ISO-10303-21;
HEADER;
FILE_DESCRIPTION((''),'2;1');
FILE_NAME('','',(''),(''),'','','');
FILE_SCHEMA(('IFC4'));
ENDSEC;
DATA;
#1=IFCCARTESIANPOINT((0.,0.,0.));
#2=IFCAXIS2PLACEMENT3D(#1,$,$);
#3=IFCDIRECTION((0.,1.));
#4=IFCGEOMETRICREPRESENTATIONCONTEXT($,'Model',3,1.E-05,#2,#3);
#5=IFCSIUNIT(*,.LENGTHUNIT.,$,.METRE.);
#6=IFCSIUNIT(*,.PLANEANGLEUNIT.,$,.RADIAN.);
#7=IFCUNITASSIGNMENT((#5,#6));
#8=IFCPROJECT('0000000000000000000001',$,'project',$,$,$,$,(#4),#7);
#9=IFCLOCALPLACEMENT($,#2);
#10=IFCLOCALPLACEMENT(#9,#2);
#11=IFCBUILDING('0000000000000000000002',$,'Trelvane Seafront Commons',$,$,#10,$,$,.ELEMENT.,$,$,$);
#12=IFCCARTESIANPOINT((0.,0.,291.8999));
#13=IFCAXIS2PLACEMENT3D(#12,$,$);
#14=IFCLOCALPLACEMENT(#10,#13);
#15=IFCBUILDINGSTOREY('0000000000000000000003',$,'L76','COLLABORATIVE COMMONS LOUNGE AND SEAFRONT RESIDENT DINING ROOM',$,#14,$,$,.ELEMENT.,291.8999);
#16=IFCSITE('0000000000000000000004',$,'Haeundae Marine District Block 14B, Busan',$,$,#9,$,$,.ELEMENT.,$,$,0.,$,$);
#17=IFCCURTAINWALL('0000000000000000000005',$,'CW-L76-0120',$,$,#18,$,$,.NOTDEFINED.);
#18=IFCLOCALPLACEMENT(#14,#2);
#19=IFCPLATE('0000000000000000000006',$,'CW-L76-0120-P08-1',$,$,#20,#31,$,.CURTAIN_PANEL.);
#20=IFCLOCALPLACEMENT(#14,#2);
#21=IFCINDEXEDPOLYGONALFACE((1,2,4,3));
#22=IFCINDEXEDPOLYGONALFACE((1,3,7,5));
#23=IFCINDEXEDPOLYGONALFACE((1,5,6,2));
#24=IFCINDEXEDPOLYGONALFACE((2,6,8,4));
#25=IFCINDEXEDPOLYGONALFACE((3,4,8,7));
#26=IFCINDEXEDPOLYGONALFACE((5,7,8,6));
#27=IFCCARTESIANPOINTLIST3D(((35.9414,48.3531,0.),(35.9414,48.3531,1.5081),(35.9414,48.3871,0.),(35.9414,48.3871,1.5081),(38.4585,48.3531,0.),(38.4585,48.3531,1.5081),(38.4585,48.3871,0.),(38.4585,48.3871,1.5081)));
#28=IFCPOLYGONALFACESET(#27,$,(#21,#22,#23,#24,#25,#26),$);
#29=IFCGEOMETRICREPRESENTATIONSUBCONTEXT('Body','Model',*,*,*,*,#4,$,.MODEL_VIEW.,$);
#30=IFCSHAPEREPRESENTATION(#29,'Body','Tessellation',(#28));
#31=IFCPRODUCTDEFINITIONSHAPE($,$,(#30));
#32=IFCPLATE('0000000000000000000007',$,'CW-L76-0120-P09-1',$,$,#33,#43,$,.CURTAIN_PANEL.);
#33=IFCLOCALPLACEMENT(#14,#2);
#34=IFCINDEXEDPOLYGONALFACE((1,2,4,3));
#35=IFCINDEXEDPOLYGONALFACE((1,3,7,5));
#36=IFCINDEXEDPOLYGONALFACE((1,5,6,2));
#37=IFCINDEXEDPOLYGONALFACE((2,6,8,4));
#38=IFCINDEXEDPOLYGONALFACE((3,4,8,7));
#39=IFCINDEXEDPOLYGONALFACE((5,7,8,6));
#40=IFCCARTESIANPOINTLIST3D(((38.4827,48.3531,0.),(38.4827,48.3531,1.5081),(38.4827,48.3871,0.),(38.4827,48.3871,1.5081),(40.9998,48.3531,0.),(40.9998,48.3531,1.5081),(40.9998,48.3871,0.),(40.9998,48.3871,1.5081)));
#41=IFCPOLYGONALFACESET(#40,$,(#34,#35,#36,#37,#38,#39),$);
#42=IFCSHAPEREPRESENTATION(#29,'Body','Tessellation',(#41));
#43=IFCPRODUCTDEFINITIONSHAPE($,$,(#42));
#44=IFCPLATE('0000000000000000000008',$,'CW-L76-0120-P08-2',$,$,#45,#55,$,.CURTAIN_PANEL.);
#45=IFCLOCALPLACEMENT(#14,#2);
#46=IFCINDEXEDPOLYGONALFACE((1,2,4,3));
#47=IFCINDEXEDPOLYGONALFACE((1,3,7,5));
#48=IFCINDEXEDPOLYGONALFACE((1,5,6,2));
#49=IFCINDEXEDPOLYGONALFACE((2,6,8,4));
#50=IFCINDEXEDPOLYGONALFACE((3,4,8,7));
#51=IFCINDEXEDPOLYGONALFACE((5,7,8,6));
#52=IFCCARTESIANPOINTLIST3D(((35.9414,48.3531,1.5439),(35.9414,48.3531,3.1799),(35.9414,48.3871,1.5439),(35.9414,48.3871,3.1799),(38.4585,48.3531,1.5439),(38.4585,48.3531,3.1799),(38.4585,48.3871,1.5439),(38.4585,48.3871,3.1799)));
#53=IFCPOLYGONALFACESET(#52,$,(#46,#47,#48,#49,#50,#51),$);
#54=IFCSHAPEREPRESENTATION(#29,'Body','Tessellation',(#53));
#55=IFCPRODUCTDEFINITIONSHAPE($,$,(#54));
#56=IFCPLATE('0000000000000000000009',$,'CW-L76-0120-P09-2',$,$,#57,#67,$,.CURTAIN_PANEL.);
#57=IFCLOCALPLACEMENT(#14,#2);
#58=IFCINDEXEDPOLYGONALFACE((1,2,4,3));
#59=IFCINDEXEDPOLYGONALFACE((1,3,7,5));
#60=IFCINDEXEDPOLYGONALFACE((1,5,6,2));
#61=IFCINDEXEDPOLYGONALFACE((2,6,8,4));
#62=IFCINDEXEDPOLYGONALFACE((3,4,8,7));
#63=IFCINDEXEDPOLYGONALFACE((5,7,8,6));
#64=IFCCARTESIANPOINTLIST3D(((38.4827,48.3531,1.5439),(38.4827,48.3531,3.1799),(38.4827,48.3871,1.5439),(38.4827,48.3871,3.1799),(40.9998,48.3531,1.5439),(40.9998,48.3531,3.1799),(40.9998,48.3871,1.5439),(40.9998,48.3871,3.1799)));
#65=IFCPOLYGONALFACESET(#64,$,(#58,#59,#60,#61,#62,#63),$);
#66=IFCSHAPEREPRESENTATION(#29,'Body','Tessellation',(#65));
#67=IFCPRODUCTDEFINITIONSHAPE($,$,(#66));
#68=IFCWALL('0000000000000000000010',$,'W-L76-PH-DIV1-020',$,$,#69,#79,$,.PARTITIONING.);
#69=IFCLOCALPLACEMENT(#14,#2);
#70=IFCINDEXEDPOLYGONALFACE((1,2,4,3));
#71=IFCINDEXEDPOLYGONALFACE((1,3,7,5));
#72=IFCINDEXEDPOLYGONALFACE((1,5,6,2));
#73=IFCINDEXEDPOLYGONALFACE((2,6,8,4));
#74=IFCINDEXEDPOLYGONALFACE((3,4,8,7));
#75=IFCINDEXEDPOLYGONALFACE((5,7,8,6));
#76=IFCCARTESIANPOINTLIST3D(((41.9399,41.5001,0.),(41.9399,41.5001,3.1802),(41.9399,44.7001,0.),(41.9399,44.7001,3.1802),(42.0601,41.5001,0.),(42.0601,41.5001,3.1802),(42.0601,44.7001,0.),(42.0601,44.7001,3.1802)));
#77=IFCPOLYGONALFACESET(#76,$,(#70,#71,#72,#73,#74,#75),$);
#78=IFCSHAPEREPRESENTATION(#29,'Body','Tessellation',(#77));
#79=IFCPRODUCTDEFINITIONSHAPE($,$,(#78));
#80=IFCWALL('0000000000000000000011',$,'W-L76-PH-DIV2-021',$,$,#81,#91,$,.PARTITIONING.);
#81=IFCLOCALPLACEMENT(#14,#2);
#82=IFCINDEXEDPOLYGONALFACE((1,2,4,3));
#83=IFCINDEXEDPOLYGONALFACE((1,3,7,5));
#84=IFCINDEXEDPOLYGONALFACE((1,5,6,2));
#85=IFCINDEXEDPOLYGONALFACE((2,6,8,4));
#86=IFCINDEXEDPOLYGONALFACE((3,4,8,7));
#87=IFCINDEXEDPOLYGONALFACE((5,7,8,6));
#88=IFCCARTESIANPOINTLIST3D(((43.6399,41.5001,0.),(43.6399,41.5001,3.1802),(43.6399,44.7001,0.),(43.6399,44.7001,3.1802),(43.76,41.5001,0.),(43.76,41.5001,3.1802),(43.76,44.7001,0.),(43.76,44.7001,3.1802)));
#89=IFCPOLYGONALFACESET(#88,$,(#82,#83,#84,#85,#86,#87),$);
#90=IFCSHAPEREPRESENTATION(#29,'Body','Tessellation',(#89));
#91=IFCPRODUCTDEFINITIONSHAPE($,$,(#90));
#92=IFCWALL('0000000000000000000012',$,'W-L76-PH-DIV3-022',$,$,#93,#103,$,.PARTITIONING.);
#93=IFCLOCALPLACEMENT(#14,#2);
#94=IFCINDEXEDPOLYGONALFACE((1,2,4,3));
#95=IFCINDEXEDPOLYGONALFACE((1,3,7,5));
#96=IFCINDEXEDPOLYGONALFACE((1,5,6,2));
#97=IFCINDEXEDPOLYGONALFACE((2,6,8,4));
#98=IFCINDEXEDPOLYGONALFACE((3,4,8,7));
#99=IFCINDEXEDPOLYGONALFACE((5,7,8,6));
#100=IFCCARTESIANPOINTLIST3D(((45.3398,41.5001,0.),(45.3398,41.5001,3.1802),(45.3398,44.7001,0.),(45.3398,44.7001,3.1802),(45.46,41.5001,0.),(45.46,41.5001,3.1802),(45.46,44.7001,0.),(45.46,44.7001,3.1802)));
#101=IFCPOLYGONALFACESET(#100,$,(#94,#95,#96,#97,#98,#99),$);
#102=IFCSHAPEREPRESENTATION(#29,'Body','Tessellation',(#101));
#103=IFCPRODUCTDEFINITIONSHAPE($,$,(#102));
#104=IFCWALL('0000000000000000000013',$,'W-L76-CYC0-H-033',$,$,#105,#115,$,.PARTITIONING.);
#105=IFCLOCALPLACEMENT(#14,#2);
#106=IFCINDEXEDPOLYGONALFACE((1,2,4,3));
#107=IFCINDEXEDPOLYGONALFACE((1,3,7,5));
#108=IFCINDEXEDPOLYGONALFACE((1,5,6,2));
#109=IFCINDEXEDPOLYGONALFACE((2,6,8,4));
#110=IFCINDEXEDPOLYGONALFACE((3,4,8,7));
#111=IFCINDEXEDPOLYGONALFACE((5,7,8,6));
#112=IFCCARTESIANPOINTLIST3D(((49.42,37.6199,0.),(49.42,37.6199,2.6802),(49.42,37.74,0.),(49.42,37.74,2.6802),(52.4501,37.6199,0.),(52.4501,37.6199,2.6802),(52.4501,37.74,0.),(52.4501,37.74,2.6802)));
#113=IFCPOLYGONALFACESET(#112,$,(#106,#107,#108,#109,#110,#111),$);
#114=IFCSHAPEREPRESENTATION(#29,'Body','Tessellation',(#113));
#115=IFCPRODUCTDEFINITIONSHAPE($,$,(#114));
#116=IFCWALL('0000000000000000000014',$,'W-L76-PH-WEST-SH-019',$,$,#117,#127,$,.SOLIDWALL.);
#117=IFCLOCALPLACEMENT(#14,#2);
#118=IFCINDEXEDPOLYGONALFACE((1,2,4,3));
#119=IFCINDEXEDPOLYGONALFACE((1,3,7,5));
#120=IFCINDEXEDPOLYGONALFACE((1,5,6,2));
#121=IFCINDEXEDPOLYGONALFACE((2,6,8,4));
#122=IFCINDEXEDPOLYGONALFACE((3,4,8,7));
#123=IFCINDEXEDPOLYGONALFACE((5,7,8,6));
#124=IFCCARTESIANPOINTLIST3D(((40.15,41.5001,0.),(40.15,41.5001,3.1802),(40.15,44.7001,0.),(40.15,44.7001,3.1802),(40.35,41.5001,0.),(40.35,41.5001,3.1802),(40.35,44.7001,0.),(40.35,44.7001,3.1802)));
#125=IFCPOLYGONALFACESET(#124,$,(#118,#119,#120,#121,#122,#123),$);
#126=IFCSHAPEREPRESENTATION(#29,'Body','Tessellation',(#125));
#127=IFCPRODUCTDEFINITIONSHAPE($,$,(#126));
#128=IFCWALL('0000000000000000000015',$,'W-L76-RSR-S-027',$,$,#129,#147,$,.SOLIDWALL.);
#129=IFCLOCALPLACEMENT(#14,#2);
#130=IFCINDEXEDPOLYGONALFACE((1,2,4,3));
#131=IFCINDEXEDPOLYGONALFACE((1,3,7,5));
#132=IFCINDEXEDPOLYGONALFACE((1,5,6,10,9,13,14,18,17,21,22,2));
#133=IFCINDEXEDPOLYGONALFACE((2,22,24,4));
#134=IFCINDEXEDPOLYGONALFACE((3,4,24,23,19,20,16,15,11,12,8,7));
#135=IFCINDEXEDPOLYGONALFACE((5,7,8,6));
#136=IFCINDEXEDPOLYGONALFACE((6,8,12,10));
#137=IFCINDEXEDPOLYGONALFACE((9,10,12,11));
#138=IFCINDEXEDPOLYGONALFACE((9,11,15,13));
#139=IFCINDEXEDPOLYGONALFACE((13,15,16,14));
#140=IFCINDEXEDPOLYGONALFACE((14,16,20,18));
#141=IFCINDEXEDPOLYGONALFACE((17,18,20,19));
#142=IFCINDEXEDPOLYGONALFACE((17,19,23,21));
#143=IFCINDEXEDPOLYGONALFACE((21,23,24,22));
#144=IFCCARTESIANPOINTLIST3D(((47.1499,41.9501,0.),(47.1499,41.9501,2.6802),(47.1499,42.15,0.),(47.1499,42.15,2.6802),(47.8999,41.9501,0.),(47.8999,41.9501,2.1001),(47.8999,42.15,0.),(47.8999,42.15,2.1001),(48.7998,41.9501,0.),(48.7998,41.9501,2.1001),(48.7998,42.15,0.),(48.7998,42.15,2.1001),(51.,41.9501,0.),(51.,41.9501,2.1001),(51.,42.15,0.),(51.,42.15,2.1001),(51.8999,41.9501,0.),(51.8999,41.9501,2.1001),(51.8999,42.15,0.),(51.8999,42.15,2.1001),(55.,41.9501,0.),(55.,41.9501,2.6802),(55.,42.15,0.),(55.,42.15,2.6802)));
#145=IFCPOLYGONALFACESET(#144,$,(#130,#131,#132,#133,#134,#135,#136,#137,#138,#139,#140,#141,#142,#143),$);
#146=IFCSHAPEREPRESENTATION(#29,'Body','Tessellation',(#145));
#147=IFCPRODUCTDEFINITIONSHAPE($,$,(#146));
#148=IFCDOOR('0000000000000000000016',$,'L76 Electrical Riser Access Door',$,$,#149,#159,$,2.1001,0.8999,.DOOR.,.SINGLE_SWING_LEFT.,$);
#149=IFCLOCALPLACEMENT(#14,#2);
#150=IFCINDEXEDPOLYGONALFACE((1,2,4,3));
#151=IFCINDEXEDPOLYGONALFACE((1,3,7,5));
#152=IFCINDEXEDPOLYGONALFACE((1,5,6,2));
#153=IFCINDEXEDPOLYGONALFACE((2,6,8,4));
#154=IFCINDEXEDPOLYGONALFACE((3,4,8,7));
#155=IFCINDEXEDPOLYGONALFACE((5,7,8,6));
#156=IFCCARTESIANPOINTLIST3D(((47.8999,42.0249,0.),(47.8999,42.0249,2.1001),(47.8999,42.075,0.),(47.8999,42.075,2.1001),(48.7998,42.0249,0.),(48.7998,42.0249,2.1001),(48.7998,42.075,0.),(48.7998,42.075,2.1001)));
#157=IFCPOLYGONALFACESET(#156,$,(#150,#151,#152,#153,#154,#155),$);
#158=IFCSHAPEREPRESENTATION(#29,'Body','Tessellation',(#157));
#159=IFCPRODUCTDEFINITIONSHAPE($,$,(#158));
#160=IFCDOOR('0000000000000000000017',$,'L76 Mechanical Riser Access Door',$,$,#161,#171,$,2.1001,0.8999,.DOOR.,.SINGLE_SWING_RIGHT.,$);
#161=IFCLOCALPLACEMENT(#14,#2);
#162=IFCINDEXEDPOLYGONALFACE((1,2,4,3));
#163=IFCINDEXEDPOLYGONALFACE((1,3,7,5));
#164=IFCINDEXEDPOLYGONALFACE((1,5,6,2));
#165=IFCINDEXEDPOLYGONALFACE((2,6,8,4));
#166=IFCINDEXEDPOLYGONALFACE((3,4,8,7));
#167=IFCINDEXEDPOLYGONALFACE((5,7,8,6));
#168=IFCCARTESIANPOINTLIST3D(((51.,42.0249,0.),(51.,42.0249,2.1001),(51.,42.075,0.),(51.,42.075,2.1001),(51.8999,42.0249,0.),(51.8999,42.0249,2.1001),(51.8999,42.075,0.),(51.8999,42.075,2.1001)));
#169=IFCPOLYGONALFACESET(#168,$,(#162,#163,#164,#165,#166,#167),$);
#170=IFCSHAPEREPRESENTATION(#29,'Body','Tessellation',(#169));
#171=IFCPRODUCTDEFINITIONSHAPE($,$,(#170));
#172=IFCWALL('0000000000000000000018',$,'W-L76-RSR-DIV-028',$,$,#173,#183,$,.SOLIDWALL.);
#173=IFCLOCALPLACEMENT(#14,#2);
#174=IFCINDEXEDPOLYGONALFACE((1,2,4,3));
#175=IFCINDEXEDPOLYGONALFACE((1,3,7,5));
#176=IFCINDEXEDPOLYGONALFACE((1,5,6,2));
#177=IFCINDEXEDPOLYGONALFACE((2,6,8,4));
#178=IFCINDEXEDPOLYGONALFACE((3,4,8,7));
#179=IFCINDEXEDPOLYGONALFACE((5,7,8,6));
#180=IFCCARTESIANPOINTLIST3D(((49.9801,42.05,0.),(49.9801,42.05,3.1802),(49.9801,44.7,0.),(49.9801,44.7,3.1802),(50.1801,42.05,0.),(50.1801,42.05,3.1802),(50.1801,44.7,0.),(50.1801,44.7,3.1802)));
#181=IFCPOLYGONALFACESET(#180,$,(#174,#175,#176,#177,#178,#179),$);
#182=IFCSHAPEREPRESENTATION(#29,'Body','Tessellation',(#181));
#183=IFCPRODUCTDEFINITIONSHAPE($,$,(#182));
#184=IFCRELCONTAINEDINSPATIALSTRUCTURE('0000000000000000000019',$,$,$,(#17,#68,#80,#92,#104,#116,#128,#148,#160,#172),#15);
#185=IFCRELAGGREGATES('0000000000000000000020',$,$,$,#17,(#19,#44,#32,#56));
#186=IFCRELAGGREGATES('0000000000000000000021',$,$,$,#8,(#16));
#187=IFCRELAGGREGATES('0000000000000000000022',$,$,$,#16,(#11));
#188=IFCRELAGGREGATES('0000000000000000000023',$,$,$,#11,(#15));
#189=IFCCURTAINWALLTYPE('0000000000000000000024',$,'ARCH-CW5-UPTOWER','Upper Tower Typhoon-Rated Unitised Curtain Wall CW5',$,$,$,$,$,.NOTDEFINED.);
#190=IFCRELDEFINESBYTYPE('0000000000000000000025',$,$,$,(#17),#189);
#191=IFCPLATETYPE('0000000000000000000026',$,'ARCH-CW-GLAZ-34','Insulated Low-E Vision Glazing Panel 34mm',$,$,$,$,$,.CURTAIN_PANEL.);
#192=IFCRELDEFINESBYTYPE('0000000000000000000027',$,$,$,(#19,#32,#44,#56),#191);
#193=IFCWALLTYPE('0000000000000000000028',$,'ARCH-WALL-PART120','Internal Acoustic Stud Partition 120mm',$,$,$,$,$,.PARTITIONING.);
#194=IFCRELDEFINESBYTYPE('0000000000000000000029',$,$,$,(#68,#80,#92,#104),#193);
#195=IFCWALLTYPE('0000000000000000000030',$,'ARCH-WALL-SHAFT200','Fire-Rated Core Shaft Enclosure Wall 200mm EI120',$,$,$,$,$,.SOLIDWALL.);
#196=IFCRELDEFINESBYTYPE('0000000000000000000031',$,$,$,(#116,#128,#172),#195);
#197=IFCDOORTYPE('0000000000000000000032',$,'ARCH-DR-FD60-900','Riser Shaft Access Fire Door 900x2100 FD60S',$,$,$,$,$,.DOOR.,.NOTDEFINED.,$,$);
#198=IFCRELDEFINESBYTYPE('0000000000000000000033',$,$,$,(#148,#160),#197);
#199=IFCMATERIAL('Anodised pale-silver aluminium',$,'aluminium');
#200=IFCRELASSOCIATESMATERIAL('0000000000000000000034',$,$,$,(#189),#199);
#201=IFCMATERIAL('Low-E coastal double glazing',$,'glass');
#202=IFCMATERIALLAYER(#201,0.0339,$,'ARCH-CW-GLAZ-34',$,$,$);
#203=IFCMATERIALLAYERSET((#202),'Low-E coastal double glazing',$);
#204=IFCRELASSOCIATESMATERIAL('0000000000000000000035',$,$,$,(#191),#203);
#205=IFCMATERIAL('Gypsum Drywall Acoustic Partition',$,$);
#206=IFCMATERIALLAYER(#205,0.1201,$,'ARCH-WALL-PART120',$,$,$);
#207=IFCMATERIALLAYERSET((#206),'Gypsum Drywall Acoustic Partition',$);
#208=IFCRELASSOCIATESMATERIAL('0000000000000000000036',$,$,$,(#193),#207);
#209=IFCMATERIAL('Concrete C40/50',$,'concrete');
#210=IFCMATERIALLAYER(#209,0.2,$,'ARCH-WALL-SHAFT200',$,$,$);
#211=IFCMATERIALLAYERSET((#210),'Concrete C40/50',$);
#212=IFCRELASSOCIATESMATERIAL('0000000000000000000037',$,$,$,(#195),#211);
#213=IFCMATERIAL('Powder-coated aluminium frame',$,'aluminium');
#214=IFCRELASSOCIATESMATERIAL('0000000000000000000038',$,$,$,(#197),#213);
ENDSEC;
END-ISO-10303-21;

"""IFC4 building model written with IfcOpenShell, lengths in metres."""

from ifc_helpers import new_model, si_unit, direction, frame, frame_2d, origin, origin_2d, place, context, subcontext, project, spatial, rectangle, extrude, source, transform, mapped, material, layer, layer_set, type_object, element, fill, aggregate, save


model = new_model("IFC4")

# Units and contexts
model_context = context("Model", 3, precision=1e-05, world=origin(), true_north=direction((0.0, 1.0)))
body_context = subcontext(model_context, "Body", "Model", "MODEL_VIEW")
ifc_project = project(units=[si_unit("LENGTHUNIT", "METRE"), si_unit("PLANEANGLEUNIT", "RADIAN")], contexts=[model_context])

# Site, building, storey
site_placement = place(None, origin())
site = spatial("IfcSite", under=ifc_project, at=site_placement, Name="Haeundae Marine District Block 14B, Busan", CompositionType="ELEMENT", RefElevation=0.0)
building_placement = place(site_placement, origin())
building = spatial("IfcBuilding", under=site, at=building_placement, Name="Trelvane Seafront Commons", CompositionType="ELEMENT")
storey_placement = place(building_placement, frame((0.0, 0.0, 291.8999)))
storey = spatial("IfcBuildingStorey", under=building, at=storey_placement, Name="L76", Description="COLLABORATIVE COMMONS LOUNGE AND SEAFRONT RESIDENT DINING ROOM", CompositionType="ELEMENT", Elevation=291.8999)

# Curtain wall, plates
ifc_material_1 = material(Name="Anodised pale-silver aluminium", Category="aluminium")
curtain_wall_type = type_object("IfcCurtainWallType", Name="ARCH-CW5-UPTOWER", Description="Upper Tower Typhoon-Rated Unitised Curtain Wall CW5", PredefinedType="NOTDEFINED", material=ifc_material_1)
curtain_wall_placement = place(storey_placement, origin())
curtain_wall = element("IfcCurtainWall", 1, at=curtain_wall_placement, inside=storey, type_object=curtain_wall_type, Name="CW-L76-0120", PredefinedType="NOTDEFINED")
ifc_material_2 = material(Name="Low-E coastal double glazing", Category="glass")
ifc_layer_1 = layer(ifc_material_2, 0.0339, Name="ARCH-CW-GLAZ-34")
ifc_layer_set_1 = layer_set([ifc_layer_1], Name="Low-E coastal double glazing")
plate_type = type_object("IfcPlateType", Name="ARCH-CW-GLAZ-34", Description="Insulated Low-E Vision Glazing Panel 34mm", PredefinedType="CURTAIN_PANEL", material=ifc_layer_set_1)
shared_shape_1 = source(origin(), body_context, "Body", "SweptSolid", [
    extrude(rectangle(XDim=2.5171, YDim=0.0339, at=origin_2d()), origin(), (0.0, 0.0, 1.0), 1.5081),
])
plate_1_placement = place(storey_placement, frame((37.2, 48.3701, 0.0), z_axis=(0.0, 0.0, 1.0), x_axis=(1.0, 0.0, 0.0)))
plate_1 = element("IfcPlate", 2, at=plate_1_placement, type_object=plate_type, Name="CW-L76-0120-P08-1", PredefinedType="CURTAIN_PANEL", context=body_context, shape_type="MappedRepresentation", body=[
    mapped(shared_shape_1, transform((0.0, 0.0, 0.0), x_axis=(1.0, 0.0, 0.0), y_axis=(0.0, 1.0, 0.0), z_axis=(0.0, 0.0, 1.0), scale=1.0)),
])
plate_2_placement = place(storey_placement, frame((39.7412, 48.3701, 0.0), z_axis=(0.0, 0.0, 1.0), x_axis=(1.0, 0.0, 0.0)))
plate_2 = element("IfcPlate", 3, at=plate_2_placement, type_object=plate_type, Name="CW-L76-0120-P09-1", PredefinedType="CURTAIN_PANEL", context=body_context, shape_type="MappedRepresentation", body=[
    mapped(shared_shape_1, transform((0.0, 0.0, 0.0), x_axis=(1.0, 0.0, 0.0), y_axis=(0.0, 1.0, 0.0), z_axis=(0.0, 0.0, 1.0), scale=1.0)),
])
shared_shape_2 = source(origin(), body_context, "Body", "SweptSolid", [
    extrude(rectangle(XDim=2.5171, YDim=0.0339, at=origin_2d()), origin(), (0.0, 0.0, 1.0), 1.636),
])
plate_3_placement = place(storey_placement, frame((37.2, 48.3701, 1.5439), z_axis=(0.0, 0.0, 1.0), x_axis=(1.0, 0.0, 0.0)))
plate_3 = element("IfcPlate", 4, at=plate_3_placement, type_object=plate_type, Name="CW-L76-0120-P08-2", PredefinedType="CURTAIN_PANEL", context=body_context, shape_type="MappedRepresentation", body=[
    mapped(shared_shape_2, transform((0.0, 0.0, 0.0), x_axis=(1.0, 0.0, 0.0), y_axis=(0.0, 1.0, 0.0), z_axis=(0.0, 0.0, 1.0), scale=1.0)),
])
plate_4_placement = place(storey_placement, frame((39.7412, 48.3701, 1.5439), z_axis=(0.0, 0.0, 1.0), x_axis=(1.0, 0.0, 0.0)))
plate_4 = element("IfcPlate", 5, at=plate_4_placement, type_object=plate_type, Name="CW-L76-0120-P09-2", PredefinedType="CURTAIN_PANEL", context=body_context, shape_type="MappedRepresentation", body=[
    mapped(shared_shape_2, transform((0.0, 0.0, 0.0), x_axis=(1.0, 0.0, 0.0), y_axis=(0.0, 1.0, 0.0), z_axis=(0.0, 0.0, 1.0), scale=1.0)),
])
aggregate(curtain_wall, [plate_1, plate_3, plate_2, plate_4])

# Walls
ifc_material_3 = material(Name="Gypsum Drywall Acoustic Partition")
ifc_layer_2 = layer(ifc_material_3, 0.1201, Name="ARCH-WALL-PART120")
ifc_layer_set_2 = layer_set([ifc_layer_2], Name="Gypsum Drywall Acoustic Partition")
wall_type_1 = type_object("IfcWallType", Name="ARCH-WALL-PART120", Description="Internal Acoustic Stud Partition 120mm", PredefinedType="PARTITIONING", material=ifc_layer_set_2)
for number, where, z_axis, x_axis, name in (
    (6, (42.0, 41.5, 0.0), (0.0, 0.0, 1.0), (0.0, 1.0, 0.0), "W-L76-PH-DIV1-020"),
    (7, (43.7, 41.5, 0.0), (0.0, 0.0, 1.0), (0.0, 1.0, 0.0), "W-L76-PH-DIV2-021"),
    (8, (45.3999, 41.5, 0.0), (0.0, 0.0, 1.0), (0.0, 1.0, 0.0), "W-L76-PH-DIV3-022"),
):
    element("IfcWall", number, at=place(storey_placement, frame(where, z_axis=z_axis, x_axis=x_axis)), inside=storey, type_object=wall_type_1, Name=name, PredefinedType="PARTITIONING", context=body_context, shape_type="SweptSolid", body=[
        extrude(rectangle(XDim=3.2, YDim=0.1201, at=frame_2d((1.6001, 0.0))), origin(), (0.0, 0.0, 1.0), 3.1802),
    ])
wall_1_placement = place(storey_placement, frame((49.4199, 37.6799, 0.0), z_axis=(0.0, 0.0, 1.0), x_axis=(1.0, 0.0, 0.0)))
element("IfcWall", 9, at=wall_1_placement, inside=storey, type_object=wall_type_1, Name="W-L76-CYC0-H-033", PredefinedType="PARTITIONING", context=body_context, shape_type="SweptSolid", body=[
    extrude(rectangle(XDim=3.03, YDim=0.1201, at=frame_2d((1.5151, 0.0))), origin(), (0.0, 0.0, 1.0), 2.6802),
])

# Shared definitions
ifc_material_4 = material(Name="Concrete C40/50", Category="concrete")
ifc_layer_3 = layer(ifc_material_4, 0.2, Name="ARCH-WALL-SHAFT200")
ifc_layer_set_3 = layer_set([ifc_layer_3], Name="Concrete C40/50")
wall_type_2 = type_object("IfcWallType", Name="ARCH-WALL-SHAFT200", Description="Fire-Rated Core Shaft Enclosure Wall 200mm EI120", PredefinedType="SOLIDWALL", material=ifc_layer_set_3)

# Wall
wall_2_placement = place(storey_placement, frame((40.25, 41.5, 0.0), z_axis=(0.0, 0.0, 1.0), x_axis=(0.0, 1.0, 0.0)))
element("IfcWall", 10, at=wall_2_placement, inside=storey, type_object=wall_type_2, Name="W-L76-PH-WEST-SH-019", PredefinedType="SOLIDWALL", context=body_context, shape_type="SweptSolid", body=[
    extrude(rectangle(XDim=3.2, YDim=0.2, at=frame_2d((1.6001, 0.0))), origin(), (0.0, 0.0, 1.0), 3.1802),
])

# Wall, openings, doors
wall_3_placement = place(storey_placement, frame((47.1499, 42.05, 0.0), z_axis=(0.0, 0.0, 1.0), x_axis=(1.0, 0.0, 0.0)))
wall_3 = element("IfcWall", 11, at=wall_3_placement, inside=storey, type_object=wall_type_2, Name="W-L76-RSR-S-027", PredefinedType="SOLIDWALL", context=body_context, shape_type="SweptSolid", body=[
    extrude(rectangle(XDim=7.8501, YDim=0.2, at=frame_2d((3.925, 0.0))), origin(), (0.0, 0.0, 1.0), 2.6802),
])
opening_1_placement = place(wall_3_placement, frame((0.75, 0.0, 0.0)))
opening_1 = element("IfcOpeningElement", 12, at=opening_1_placement, cuts=wall_3, PredefinedType="OPENING", context=body_context, shape_type="SweptSolid", body=[
    extrude(rectangle(XDim=0.8999, YDim=2.1001, at=frame_2d((0.45, 1.05))), frame((0.0, 0.1099, 0.0), z_axis=(0.0, -1.0, 0.0), x_axis=(1.0, 0.0, 0.0)), (0.0, 0.0, 1.0), 0.22),
])
opening_2_placement = place(wall_3_placement, frame((3.8501, 0.0, 0.0)))
opening_2 = element("IfcOpeningElement", 13, at=opening_2_placement, cuts=wall_3, PredefinedType="OPENING", context=body_context, shape_type="SweptSolid", body=[
    extrude(rectangle(XDim=0.8999, YDim=2.1001, at=frame_2d((0.45, 1.05))), frame((0.0, 0.1099, 0.0), z_axis=(0.0, -1.0, 0.0), x_axis=(1.0, 0.0, 0.0)), (0.0, 0.0, 1.0), 0.22),
])
ifc_material_5 = material(Name="Powder-coated aluminium frame", Category="aluminium")
door_type_1 = type_object("IfcDoorType", Name="ARCH-DR-FD60-900", Description="Riser Shaft Access Fire Door 900x2100 FD60S", OperationType="NOTDEFINED", PredefinedType="DOOR", material=ifc_material_5)
shared_shape_3 = source(origin(), body_context, "Body", "SweptSolid", [
    extrude(rectangle(XDim=0.8999, YDim=2.1001, at=frame_2d((0.45, 1.05))), frame((0.0, 0.0249, 0.0), z_axis=(0.0, -1.0, 0.0), x_axis=(1.0, 0.0, 0.0)), (0.0, 0.0, 1.0), 0.05),
])
door_1_placement = place(opening_1_placement, origin())
door_1 = element("IfcDoor", 14, at=door_1_placement, inside=storey, type_object=door_type_1, Name="L76 Electrical Riser Access Door", OperationType="SINGLE_SWING_LEFT", OverallHeight=2.1001, OverallWidth=0.8999, PredefinedType="DOOR", context=body_context, shape_type="MappedRepresentation", body=[
    mapped(shared_shape_3, transform((0.0, 0.0, 0.0), x_axis=(1.0, 0.0, 0.0), y_axis=(0.0, 1.0, 0.0), z_axis=(0.0, 0.0, 1.0), scale=1.0)),
])
fill(opening_1, door_1)
door_2_placement = place(opening_2_placement, origin())
door_2 = element("IfcDoor", 15, at=door_2_placement, inside=storey, type_object=door_type_1, Name="L76 Mechanical Riser Access Door", OperationType="SINGLE_SWING_RIGHT", OverallHeight=2.1001, OverallWidth=0.8999, PredefinedType="DOOR", context=body_context, shape_type="MappedRepresentation", body=[
    mapped(shared_shape_3, transform((0.0, 0.0, 0.0), x_axis=(1.0, 0.0, 0.0), y_axis=(0.0, 1.0, 0.0), z_axis=(0.0, 0.0, 1.0), scale=1.0)),
])
fill(opening_2, door_2)

# Wall
wall_4_placement = place(storey_placement, frame((50.0801, 42.05, 0.0), z_axis=(0.0, 0.0, 1.0), x_axis=(0.0, 1.0, 0.0)))
element("IfcWall", 16, at=wall_4_placement, inside=storey, type_object=wall_type_2, Name="W-L76-RSR-DIV-028", PredefinedType="SOLIDWALL", context=body_context, shape_type="SweptSolid", body=[
    extrude(rectangle(XDim=2.6499, YDim=0.2, at=frame_2d((1.325, 0.0))), origin(), (0.0, 0.0, 1.0), 3.1802),
])

save(model, "model.ifc")
